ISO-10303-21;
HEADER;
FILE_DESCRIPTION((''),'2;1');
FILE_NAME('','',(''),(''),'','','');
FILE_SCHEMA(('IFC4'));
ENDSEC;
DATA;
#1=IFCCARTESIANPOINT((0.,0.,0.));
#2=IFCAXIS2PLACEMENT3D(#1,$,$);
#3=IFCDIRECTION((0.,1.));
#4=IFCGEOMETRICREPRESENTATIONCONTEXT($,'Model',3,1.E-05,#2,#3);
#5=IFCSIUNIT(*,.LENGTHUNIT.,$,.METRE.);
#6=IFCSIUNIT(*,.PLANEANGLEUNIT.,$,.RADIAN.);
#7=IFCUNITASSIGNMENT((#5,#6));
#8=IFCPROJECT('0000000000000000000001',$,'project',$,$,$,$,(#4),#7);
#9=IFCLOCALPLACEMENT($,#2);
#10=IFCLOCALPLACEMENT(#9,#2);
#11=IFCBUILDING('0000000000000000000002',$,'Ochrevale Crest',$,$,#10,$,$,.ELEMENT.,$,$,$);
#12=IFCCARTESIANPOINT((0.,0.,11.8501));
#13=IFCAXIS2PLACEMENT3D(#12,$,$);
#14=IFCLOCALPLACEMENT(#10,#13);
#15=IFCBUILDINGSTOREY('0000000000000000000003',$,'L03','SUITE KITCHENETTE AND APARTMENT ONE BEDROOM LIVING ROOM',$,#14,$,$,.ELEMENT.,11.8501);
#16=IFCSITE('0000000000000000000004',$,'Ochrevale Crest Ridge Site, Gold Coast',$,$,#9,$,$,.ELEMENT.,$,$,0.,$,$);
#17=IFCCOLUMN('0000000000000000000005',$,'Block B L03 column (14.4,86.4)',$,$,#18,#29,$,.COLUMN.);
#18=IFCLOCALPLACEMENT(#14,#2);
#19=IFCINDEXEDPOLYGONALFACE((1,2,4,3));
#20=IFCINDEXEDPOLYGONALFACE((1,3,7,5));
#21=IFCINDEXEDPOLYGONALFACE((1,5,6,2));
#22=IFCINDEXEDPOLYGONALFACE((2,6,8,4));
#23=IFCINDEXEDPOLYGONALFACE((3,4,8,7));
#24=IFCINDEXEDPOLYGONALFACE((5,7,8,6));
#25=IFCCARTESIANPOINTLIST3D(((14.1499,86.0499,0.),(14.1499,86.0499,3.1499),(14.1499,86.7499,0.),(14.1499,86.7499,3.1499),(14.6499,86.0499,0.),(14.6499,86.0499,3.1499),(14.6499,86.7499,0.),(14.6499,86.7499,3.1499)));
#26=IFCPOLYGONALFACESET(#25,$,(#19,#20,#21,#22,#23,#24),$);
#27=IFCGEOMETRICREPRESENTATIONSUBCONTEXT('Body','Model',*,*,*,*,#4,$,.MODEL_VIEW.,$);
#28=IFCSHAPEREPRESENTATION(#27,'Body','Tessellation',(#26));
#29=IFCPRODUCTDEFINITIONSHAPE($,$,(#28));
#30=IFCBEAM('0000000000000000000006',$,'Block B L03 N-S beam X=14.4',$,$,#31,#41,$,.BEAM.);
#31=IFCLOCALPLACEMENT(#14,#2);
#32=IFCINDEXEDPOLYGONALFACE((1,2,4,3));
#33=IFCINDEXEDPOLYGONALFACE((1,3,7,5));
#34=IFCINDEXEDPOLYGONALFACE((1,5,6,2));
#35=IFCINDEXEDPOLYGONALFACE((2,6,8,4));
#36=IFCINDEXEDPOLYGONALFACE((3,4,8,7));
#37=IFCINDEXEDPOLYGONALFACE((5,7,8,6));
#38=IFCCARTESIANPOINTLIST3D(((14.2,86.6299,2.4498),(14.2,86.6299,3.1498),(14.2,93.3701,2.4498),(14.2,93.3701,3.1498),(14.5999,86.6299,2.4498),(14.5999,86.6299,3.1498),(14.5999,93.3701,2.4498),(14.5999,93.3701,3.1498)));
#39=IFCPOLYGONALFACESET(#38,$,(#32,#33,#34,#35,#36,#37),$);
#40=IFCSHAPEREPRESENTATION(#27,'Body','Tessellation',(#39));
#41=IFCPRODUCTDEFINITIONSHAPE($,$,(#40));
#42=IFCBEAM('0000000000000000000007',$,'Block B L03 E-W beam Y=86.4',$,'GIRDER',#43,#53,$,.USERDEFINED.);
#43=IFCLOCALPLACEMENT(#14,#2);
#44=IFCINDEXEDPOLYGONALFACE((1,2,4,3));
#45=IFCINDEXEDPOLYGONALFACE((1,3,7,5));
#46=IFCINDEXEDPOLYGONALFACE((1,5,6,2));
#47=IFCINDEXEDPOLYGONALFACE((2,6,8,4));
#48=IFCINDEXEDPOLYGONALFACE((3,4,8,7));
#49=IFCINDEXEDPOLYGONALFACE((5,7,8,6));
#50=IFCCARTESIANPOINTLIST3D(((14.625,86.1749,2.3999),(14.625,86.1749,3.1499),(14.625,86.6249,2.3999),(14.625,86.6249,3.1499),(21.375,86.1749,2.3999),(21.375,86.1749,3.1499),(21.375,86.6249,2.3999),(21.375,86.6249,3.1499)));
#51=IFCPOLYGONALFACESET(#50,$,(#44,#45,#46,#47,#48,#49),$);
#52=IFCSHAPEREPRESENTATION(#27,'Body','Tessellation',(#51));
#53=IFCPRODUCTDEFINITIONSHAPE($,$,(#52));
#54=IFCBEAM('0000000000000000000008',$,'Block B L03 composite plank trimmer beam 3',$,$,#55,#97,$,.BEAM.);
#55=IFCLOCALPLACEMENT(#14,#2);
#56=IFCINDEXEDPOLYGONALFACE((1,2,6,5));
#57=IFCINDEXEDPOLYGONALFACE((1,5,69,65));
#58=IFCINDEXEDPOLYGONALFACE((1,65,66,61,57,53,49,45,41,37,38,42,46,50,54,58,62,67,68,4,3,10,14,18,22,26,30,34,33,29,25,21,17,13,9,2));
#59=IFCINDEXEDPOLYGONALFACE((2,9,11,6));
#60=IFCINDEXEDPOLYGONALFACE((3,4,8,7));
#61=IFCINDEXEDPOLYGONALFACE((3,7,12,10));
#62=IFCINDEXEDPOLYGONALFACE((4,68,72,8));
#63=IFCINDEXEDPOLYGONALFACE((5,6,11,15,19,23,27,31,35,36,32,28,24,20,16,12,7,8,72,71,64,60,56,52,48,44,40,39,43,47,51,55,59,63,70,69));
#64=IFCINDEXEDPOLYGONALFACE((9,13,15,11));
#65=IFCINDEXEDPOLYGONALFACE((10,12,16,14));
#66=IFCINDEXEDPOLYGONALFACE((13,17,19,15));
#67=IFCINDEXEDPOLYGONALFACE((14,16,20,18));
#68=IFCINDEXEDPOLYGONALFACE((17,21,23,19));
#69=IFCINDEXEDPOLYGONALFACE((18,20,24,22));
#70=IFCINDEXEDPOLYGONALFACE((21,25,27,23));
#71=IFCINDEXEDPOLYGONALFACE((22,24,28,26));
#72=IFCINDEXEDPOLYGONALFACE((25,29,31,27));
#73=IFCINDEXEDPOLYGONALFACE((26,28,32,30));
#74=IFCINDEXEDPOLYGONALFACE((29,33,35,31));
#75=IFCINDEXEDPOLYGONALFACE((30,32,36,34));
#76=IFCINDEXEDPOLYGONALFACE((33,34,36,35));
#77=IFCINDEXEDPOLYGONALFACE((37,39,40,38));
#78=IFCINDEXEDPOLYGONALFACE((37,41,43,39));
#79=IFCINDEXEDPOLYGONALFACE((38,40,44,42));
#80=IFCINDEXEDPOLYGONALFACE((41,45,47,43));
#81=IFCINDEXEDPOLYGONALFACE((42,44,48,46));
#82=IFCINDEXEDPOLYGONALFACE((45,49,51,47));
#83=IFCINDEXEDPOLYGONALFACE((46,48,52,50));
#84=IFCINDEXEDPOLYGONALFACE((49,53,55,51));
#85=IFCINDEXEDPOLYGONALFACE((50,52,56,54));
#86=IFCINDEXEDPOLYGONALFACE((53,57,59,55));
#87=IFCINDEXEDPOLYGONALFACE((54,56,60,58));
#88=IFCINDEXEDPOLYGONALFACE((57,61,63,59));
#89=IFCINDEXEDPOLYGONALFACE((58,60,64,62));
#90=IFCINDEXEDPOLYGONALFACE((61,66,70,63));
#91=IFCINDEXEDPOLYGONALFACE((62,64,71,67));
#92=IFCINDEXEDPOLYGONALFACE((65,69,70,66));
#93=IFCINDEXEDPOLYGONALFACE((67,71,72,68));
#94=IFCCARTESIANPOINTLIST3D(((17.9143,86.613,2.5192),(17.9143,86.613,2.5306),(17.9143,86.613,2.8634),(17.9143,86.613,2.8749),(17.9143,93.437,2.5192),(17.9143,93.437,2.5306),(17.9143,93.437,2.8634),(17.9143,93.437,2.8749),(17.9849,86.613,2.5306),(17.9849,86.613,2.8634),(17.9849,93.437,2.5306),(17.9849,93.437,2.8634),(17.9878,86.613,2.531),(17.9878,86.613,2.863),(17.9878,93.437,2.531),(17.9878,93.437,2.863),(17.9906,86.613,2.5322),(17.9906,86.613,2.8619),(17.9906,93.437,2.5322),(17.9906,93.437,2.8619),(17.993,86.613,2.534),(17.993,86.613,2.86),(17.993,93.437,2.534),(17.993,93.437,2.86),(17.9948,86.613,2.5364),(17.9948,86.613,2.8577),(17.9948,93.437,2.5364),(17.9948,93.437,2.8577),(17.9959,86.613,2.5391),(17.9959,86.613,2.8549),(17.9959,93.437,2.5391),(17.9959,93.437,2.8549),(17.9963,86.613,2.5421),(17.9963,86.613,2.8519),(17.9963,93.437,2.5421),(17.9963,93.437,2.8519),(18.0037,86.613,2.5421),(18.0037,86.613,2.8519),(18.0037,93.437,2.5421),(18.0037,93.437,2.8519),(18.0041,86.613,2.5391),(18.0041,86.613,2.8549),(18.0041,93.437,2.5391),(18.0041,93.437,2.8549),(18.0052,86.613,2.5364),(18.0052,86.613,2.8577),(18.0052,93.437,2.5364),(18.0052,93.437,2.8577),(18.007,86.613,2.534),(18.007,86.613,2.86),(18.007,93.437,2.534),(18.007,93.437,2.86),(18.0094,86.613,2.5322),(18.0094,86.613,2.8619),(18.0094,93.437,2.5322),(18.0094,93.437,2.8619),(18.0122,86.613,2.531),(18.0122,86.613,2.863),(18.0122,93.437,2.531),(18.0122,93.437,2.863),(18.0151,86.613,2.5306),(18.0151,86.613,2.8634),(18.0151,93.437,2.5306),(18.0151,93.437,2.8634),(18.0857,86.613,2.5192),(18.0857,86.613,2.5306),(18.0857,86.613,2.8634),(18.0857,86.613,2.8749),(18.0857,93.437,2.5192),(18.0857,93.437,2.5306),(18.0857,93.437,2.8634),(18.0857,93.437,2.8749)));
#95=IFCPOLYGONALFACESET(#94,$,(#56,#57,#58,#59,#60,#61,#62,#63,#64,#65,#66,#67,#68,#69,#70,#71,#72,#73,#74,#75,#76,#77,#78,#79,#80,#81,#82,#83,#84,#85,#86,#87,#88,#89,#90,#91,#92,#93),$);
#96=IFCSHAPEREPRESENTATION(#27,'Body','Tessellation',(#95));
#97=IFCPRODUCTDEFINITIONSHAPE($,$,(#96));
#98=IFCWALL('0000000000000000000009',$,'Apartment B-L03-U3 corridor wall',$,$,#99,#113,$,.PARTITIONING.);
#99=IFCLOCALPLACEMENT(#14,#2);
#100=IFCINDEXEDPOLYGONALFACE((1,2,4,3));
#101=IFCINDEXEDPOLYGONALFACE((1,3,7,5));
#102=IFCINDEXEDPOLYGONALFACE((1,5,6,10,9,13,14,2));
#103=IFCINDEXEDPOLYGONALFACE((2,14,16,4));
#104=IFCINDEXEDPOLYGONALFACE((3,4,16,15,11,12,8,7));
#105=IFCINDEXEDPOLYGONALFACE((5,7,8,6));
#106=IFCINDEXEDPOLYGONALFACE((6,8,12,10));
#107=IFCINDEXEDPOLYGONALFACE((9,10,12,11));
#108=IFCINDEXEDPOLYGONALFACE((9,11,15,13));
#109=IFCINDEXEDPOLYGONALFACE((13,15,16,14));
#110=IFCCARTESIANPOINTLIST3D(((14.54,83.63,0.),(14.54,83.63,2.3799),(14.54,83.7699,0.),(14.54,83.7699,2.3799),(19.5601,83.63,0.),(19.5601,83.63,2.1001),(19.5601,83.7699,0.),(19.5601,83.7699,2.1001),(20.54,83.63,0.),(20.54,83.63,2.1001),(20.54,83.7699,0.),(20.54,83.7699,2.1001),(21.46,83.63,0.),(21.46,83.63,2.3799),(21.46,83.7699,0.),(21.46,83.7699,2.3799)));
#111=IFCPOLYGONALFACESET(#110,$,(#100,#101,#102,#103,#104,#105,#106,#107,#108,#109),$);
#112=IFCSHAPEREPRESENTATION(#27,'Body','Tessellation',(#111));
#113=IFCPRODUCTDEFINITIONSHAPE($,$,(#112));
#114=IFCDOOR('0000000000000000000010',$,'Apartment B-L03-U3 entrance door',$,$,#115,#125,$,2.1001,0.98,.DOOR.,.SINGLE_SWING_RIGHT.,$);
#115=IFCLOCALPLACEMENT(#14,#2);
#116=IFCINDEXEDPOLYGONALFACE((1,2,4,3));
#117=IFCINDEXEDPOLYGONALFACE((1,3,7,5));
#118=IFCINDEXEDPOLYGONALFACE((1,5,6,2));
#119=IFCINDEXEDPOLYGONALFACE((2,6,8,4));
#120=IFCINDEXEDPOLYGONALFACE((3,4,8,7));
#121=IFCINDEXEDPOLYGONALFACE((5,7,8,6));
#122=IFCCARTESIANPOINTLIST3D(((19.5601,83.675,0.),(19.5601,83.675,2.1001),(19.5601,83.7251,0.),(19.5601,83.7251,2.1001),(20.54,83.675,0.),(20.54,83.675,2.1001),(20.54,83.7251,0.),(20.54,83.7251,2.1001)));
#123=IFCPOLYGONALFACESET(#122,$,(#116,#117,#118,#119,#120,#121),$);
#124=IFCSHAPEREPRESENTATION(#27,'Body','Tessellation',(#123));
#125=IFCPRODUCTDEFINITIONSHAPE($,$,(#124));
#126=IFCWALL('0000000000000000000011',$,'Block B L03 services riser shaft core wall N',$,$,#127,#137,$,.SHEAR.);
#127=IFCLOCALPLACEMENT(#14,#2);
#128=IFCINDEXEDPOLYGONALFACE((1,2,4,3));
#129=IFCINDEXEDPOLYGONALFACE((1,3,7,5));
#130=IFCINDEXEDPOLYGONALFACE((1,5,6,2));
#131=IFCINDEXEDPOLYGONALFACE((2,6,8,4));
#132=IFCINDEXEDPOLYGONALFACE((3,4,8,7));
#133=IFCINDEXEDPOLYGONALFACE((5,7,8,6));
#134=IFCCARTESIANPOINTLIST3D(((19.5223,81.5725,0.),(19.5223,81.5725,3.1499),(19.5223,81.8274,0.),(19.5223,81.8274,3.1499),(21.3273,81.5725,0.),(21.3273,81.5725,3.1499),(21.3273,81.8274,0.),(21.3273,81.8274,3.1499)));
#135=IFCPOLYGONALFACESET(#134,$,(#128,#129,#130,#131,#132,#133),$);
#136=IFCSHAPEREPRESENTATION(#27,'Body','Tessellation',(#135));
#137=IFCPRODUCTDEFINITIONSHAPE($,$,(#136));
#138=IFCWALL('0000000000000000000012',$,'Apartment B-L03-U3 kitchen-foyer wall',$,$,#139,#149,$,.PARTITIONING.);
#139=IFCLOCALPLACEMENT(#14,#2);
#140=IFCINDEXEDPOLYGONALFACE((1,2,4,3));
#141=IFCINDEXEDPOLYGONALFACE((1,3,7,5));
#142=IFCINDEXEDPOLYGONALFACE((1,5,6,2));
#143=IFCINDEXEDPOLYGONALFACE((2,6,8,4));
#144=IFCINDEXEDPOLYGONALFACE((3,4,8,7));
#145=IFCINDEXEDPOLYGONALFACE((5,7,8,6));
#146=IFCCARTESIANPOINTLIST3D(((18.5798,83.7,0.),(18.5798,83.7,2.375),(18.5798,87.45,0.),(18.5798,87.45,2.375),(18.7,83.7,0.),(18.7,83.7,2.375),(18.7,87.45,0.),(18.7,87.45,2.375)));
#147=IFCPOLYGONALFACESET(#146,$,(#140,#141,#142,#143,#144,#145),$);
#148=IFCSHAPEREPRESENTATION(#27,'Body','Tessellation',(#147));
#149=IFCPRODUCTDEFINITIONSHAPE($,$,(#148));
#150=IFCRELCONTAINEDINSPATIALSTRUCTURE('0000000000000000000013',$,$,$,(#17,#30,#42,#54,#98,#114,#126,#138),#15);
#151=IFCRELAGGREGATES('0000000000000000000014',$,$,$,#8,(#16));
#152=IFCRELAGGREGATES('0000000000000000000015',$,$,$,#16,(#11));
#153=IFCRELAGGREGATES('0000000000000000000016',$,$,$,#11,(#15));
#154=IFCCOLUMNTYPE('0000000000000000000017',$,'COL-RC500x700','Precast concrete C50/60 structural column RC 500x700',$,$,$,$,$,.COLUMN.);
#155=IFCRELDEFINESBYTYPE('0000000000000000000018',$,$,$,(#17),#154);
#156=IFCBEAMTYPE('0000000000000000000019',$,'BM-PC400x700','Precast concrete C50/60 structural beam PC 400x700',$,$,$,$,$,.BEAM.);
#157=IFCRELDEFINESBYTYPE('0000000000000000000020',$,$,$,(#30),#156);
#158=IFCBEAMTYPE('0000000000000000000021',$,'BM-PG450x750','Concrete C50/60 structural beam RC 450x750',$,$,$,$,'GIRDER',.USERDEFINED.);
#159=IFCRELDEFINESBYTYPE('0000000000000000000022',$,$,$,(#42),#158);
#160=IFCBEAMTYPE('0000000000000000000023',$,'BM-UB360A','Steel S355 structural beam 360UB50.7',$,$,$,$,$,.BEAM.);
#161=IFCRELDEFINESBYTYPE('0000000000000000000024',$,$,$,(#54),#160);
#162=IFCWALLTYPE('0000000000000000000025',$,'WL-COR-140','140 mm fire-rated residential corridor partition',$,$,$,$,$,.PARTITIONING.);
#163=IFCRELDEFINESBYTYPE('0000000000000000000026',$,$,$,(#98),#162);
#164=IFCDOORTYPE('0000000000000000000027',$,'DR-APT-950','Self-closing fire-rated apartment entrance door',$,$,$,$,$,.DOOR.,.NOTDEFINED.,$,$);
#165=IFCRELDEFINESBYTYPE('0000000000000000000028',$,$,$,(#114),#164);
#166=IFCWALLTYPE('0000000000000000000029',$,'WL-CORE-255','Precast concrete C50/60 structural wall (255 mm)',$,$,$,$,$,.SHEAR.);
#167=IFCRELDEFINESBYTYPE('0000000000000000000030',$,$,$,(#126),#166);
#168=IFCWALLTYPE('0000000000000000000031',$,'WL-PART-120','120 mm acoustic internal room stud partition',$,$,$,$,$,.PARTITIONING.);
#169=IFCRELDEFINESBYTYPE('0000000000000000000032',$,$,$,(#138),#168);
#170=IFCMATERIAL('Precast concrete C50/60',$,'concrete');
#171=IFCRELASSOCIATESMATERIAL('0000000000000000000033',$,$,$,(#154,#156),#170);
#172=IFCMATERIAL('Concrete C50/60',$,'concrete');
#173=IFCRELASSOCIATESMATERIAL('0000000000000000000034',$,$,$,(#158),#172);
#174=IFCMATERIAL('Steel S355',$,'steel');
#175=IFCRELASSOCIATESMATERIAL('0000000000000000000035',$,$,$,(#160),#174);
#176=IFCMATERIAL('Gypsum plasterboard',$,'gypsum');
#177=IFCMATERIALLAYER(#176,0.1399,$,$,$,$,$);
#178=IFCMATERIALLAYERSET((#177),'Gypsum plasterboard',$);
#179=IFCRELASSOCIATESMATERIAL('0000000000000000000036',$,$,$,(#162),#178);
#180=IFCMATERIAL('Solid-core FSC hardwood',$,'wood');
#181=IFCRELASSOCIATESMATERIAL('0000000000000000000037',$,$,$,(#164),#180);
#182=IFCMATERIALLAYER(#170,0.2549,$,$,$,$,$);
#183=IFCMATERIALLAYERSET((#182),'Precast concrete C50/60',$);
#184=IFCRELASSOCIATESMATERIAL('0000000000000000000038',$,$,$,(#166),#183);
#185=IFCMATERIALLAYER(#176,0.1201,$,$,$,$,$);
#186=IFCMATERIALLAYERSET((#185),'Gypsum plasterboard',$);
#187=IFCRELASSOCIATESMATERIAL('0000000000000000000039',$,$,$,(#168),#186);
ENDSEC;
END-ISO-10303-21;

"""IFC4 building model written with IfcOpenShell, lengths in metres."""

from ifc_helpers import new_model, si_unit, direction, frame, frame_2d, origin, origin_2d, place, context, subcontext, project, spatial, rectangle, i_section, extrude, material, layer, layer_set, material_profile, profile_set, type_object, element, fill, save


model = new_model("IFC4")

# Units and contexts
model_context = context("Model", 3, precision=1e-05, world=origin(), true_north=direction((0.0, 1.0)))
body_context = subcontext(model_context, "Body", "Model", "MODEL_VIEW")
ifc_project = project(units=[si_unit("LENGTHUNIT", "METRE"), si_unit("PLANEANGLEUNIT", "RADIAN")], contexts=[model_context])

# Site, building, storey
site_placement = place(None, origin())
site = spatial("IfcSite", under=ifc_project, at=site_placement, Name="Ochrevale Crest Ridge Site, Gold Coast", CompositionType="ELEMENT", RefElevation=0.0)
building_placement = place(site_placement, origin())
building = spatial("IfcBuilding", under=site, at=building_placement, Name="Ochrevale Crest", CompositionType="ELEMENT")
storey_placement = place(building_placement, frame((0.0, 0.0, 11.8501)))
storey = spatial("IfcBuildingStorey", under=building, at=storey_placement, Name="L03", Description="SUITE KITCHENETTE AND APARTMENT ONE BEDROOM LIVING ROOM", CompositionType="ELEMENT", Elevation=11.8501)

# Column
ifc_material_1 = material(Name="Precast concrete C50/60", Category="concrete")
ifc_material_profile_1 = material_profile(ifc_material_1, rectangle(XDim=0.5, YDim=0.7, at=origin_2d()), Name="RC 500x700")
ifc_profile_set_1 = profile_set([ifc_material_profile_1], Name="Precast concrete C50/60")
column_type = type_object("IfcColumnType", Name="COL-RC500x700", Description="Precast concrete C50/60 structural column RC 500x700", PredefinedType="COLUMN", material=ifc_profile_set_1)
column_placement = place(storey_placement, frame((14.3999, 86.3999, 0.0), z_axis=(0.0, 0.0, 1.0), x_axis=(1.0, 0.0, 0.0)))
element("IfcColumn", 1, at=column_placement, inside=storey, type_object=column_type, Name="Block B L03 column (14.4,86.4)", PredefinedType="COLUMN", context=body_context, shape_type="SweptSolid", body=[
    extrude(rectangle(XDim=0.5, YDim=0.7, at=origin_2d()), origin(), (0.0, 0.0, 1.0), 3.1499),
])

# Beams
ifc_material_profile_2 = material_profile(ifc_material_1, rectangle(XDim=0.3999, YDim=0.7, at=origin_2d()), Name="PC 400x700")
ifc_profile_set_2 = profile_set([ifc_material_profile_2], Name="Precast concrete C50/60")
beam_type_1 = type_object("IfcBeamType", Name="BM-PC400x700", Description="Precast concrete C50/60 structural beam PC 400x700", PredefinedType="BEAM", material=ifc_profile_set_2)
beam_1_placement = place(storey_placement, frame((14.3999, 86.6299, 2.7998), z_axis=(0.0, 1.0, 0.0), x_axis=(-1.0, 0.0, 0.0)))
element("IfcBeam", 2, at=beam_1_placement, inside=storey, type_object=beam_type_1, Name="Block B L03 N-S beam X=14.4", PredefinedType="BEAM", context=body_context, shape_type="SweptSolid", body=[
    extrude(rectangle(XDim=0.3999, YDim=0.7, at=origin_2d()), origin(), (0.0, 0.0, 1.0), 6.7402),
])
ifc_material_2 = material(Name="Concrete C50/60", Category="concrete")
ifc_material_profile_3 = material_profile(ifc_material_2, rectangle(XDim=0.45, YDim=0.75, at=origin_2d()), Name="RC 450x750")
ifc_profile_set_3 = profile_set([ifc_material_profile_3], Name="Concrete C50/60")
beam_type_2 = type_object("IfcBeamType", Name="BM-PG450x750", Description="Concrete C50/60 structural beam RC 450x750", ElementType="GIRDER", PredefinedType="USERDEFINED", material=ifc_profile_set_3)
beam_2_placement = place(storey_placement, frame((14.625, 86.3999, 2.7749), z_axis=(1.0, 0.0, 0.0), x_axis=(0.0, 1.0, 0.0)))
element("IfcBeam", 3, at=beam_2_placement, inside=storey, type_object=beam_type_2, Name="Block B L03 E-W beam Y=86.4", ObjectType="GIRDER", PredefinedType="USERDEFINED", context=body_context, shape_type="SweptSolid", body=[
    extrude(rectangle(XDim=0.45, YDim=0.75, at=origin_2d()), origin(), (0.0, 0.0, 1.0), 6.75),
])
ifc_material_3 = material(Name="Steel S355", Category="steel")
ifc_material_profile_4 = material_profile(ifc_material_3, i_section(OverallWidth=0.1714, OverallDepth=0.3557, WebThickness=0.0073, FlangeThickness=0.0115, FilletRadius=0.0115, at=origin_2d()), Name="360UB50.7")
ifc_profile_set_4 = profile_set([ifc_material_profile_4], Name="Steel S355")
beam_type_3 = type_object("IfcBeamType", Name="BM-UB360A", Description="Steel S355 structural beam 360UB50.7", PredefinedType="BEAM", material=ifc_profile_set_4)
beam_3_placement = place(storey_placement, frame((18.0, 86.613, 2.697), z_axis=(0.0, 1.0, 0.0), x_axis=(-1.0, 0.0, 0.0)))
element("IfcBeam", 4, at=beam_3_placement, inside=storey, type_object=beam_type_3, Name="Block B L03 composite plank trimmer beam 3", PredefinedType="BEAM", context=body_context, shape_type="SweptSolid", body=[
    extrude(i_section(OverallWidth=0.1714, OverallDepth=0.3557, WebThickness=0.0073, FlangeThickness=0.0115, FilletRadius=0.0115, at=origin_2d()), origin(), (0.0, 0.0, 1.0), 6.824),
])

# Wall, opening, door
ifc_material_4 = material(Name="Gypsum plasterboard", Category="gypsum")
ifc_layer_1 = layer(ifc_material_4, 0.1399)
ifc_layer_set_1 = layer_set([ifc_layer_1], Name="Gypsum plasterboard")
wall_type_1 = type_object("IfcWallType", Name="WL-COR-140", Description="140 mm fire-rated residential corridor partition", PredefinedType="PARTITIONING", material=ifc_layer_set_1)
wall_1_placement = place(storey_placement, frame((14.54, 83.7, 0.0), z_axis=(0.0, 0.0, 1.0), x_axis=(1.0, 0.0, 0.0)))
wall_1 = element("IfcWall", 5, at=wall_1_placement, inside=storey, type_object=wall_type_1, Name="Apartment B-L03-U3 corridor wall", PredefinedType="PARTITIONING", context=body_context, shape_type="SweptSolid", body=[
    extrude(rectangle(XDim=6.9199, YDim=0.1399, at=frame_2d((3.46, 0.0))), origin(), (0.0, 0.0, 1.0), 2.3799),
])
opening_1_placement = place(wall_1_placement, frame((6.0, 0.0, 0.0), z_axis=(0.0, 0.0, 1.0), x_axis=(-1.0, 0.0, 0.0)))
opening_1 = element("IfcOpeningElement", 6, at=opening_1_placement, cuts=wall_1, PredefinedType="OPENING", context=body_context, shape_type="SweptSolid", body=[
    extrude(rectangle(XDim=0.98, YDim=2.1001, at=frame_2d((0.49, 1.05))), frame((0.0, 0.0801, 0.0), z_axis=(0.0, -1.0, 0.0), x_axis=(1.0, 0.0, 0.0)), (0.0, 0.0, 1.0), 0.1599),
])
ifc_material_5 = material(Name="Solid-core FSC hardwood", Category="wood")
door_type_1 = type_object("IfcDoorType", Name="DR-APT-950", Description="Self-closing fire-rated apartment entrance door", OperationType="NOTDEFINED", PredefinedType="DOOR", material=ifc_material_5)
door_1_placement = place(opening_1_placement, origin())
door_1 = element("IfcDoor", 7, at=door_1_placement, inside=storey, type_object=door_type_1, Name="Apartment B-L03-U3 entrance door", OperationType="SINGLE_SWING_RIGHT", OverallHeight=2.1001, OverallWidth=0.98, PredefinedType="DOOR", context=body_context, shape_type="SweptSolid", body=[
    extrude(rectangle(XDim=0.98, YDim=2.1001, at=frame_2d((0.49, 1.05))), frame((0.0, 0.0249, 0.0), z_axis=(0.0, -1.0, 0.0), x_axis=(1.0, 0.0, 0.0)), (0.0, 0.0, 1.0), 0.05),
])
fill(opening_1, door_1)
ifc_layer_2 = layer(ifc_material_1, 0.2549)
ifc_layer_set_2 = layer_set([ifc_layer_2], Name="Precast concrete C50/60")
wall_type_2 = type_object("IfcWallType", Name="WL-CORE-255", Description="Precast concrete C50/60 structural wall (255 mm)", PredefinedType="SHEAR", material=ifc_layer_set_2)

# Walls
wall_2_placement = place(storey_placement, frame((19.5225, 81.7, 0.0), z_axis=(0.0, 0.0, 1.0), x_axis=(1.0, 0.0, 0.0)))
element("IfcWall", 8, at=wall_2_placement, inside=storey, type_object=wall_type_2, Name="Block B L03 services riser shaft core wall N", PredefinedType="SHEAR", context=body_context, shape_type="SweptSolid", body=[
    extrude(rectangle(XDim=1.8049, YDim=0.2549, at=frame_2d((0.9023, 0.0))), origin(), (0.0, 0.0, 1.0), 3.1499),
])
ifc_layer_3 = layer(ifc_material_4, 0.1201)
ifc_layer_set_3 = layer_set([ifc_layer_3], Name="Gypsum plasterboard")
wall_type_3 = type_object("IfcWallType", Name="WL-PART-120", Description="120 mm acoustic internal room stud partition", PredefinedType="PARTITIONING", material=ifc_layer_set_3)
wall_3_placement = place(storey_placement, frame((18.6399, 83.7, 0.0), z_axis=(0.0, 0.0, 1.0), x_axis=(0.0, 1.0, 0.0)))
element("IfcWall", 9, at=wall_3_placement, inside=storey, type_object=wall_type_3, Name="Apartment B-L03-U3 kitchen-foyer wall", PredefinedType="PARTITIONING", context=body_context, shape_type="SweptSolid", body=[
    extrude(rectangle(XDim=3.75, YDim=0.1201, at=frame_2d((1.875, 0.0))), origin(), (0.0, 0.0, 1.0), 2.375),
])

save(model, "model.ifc")
